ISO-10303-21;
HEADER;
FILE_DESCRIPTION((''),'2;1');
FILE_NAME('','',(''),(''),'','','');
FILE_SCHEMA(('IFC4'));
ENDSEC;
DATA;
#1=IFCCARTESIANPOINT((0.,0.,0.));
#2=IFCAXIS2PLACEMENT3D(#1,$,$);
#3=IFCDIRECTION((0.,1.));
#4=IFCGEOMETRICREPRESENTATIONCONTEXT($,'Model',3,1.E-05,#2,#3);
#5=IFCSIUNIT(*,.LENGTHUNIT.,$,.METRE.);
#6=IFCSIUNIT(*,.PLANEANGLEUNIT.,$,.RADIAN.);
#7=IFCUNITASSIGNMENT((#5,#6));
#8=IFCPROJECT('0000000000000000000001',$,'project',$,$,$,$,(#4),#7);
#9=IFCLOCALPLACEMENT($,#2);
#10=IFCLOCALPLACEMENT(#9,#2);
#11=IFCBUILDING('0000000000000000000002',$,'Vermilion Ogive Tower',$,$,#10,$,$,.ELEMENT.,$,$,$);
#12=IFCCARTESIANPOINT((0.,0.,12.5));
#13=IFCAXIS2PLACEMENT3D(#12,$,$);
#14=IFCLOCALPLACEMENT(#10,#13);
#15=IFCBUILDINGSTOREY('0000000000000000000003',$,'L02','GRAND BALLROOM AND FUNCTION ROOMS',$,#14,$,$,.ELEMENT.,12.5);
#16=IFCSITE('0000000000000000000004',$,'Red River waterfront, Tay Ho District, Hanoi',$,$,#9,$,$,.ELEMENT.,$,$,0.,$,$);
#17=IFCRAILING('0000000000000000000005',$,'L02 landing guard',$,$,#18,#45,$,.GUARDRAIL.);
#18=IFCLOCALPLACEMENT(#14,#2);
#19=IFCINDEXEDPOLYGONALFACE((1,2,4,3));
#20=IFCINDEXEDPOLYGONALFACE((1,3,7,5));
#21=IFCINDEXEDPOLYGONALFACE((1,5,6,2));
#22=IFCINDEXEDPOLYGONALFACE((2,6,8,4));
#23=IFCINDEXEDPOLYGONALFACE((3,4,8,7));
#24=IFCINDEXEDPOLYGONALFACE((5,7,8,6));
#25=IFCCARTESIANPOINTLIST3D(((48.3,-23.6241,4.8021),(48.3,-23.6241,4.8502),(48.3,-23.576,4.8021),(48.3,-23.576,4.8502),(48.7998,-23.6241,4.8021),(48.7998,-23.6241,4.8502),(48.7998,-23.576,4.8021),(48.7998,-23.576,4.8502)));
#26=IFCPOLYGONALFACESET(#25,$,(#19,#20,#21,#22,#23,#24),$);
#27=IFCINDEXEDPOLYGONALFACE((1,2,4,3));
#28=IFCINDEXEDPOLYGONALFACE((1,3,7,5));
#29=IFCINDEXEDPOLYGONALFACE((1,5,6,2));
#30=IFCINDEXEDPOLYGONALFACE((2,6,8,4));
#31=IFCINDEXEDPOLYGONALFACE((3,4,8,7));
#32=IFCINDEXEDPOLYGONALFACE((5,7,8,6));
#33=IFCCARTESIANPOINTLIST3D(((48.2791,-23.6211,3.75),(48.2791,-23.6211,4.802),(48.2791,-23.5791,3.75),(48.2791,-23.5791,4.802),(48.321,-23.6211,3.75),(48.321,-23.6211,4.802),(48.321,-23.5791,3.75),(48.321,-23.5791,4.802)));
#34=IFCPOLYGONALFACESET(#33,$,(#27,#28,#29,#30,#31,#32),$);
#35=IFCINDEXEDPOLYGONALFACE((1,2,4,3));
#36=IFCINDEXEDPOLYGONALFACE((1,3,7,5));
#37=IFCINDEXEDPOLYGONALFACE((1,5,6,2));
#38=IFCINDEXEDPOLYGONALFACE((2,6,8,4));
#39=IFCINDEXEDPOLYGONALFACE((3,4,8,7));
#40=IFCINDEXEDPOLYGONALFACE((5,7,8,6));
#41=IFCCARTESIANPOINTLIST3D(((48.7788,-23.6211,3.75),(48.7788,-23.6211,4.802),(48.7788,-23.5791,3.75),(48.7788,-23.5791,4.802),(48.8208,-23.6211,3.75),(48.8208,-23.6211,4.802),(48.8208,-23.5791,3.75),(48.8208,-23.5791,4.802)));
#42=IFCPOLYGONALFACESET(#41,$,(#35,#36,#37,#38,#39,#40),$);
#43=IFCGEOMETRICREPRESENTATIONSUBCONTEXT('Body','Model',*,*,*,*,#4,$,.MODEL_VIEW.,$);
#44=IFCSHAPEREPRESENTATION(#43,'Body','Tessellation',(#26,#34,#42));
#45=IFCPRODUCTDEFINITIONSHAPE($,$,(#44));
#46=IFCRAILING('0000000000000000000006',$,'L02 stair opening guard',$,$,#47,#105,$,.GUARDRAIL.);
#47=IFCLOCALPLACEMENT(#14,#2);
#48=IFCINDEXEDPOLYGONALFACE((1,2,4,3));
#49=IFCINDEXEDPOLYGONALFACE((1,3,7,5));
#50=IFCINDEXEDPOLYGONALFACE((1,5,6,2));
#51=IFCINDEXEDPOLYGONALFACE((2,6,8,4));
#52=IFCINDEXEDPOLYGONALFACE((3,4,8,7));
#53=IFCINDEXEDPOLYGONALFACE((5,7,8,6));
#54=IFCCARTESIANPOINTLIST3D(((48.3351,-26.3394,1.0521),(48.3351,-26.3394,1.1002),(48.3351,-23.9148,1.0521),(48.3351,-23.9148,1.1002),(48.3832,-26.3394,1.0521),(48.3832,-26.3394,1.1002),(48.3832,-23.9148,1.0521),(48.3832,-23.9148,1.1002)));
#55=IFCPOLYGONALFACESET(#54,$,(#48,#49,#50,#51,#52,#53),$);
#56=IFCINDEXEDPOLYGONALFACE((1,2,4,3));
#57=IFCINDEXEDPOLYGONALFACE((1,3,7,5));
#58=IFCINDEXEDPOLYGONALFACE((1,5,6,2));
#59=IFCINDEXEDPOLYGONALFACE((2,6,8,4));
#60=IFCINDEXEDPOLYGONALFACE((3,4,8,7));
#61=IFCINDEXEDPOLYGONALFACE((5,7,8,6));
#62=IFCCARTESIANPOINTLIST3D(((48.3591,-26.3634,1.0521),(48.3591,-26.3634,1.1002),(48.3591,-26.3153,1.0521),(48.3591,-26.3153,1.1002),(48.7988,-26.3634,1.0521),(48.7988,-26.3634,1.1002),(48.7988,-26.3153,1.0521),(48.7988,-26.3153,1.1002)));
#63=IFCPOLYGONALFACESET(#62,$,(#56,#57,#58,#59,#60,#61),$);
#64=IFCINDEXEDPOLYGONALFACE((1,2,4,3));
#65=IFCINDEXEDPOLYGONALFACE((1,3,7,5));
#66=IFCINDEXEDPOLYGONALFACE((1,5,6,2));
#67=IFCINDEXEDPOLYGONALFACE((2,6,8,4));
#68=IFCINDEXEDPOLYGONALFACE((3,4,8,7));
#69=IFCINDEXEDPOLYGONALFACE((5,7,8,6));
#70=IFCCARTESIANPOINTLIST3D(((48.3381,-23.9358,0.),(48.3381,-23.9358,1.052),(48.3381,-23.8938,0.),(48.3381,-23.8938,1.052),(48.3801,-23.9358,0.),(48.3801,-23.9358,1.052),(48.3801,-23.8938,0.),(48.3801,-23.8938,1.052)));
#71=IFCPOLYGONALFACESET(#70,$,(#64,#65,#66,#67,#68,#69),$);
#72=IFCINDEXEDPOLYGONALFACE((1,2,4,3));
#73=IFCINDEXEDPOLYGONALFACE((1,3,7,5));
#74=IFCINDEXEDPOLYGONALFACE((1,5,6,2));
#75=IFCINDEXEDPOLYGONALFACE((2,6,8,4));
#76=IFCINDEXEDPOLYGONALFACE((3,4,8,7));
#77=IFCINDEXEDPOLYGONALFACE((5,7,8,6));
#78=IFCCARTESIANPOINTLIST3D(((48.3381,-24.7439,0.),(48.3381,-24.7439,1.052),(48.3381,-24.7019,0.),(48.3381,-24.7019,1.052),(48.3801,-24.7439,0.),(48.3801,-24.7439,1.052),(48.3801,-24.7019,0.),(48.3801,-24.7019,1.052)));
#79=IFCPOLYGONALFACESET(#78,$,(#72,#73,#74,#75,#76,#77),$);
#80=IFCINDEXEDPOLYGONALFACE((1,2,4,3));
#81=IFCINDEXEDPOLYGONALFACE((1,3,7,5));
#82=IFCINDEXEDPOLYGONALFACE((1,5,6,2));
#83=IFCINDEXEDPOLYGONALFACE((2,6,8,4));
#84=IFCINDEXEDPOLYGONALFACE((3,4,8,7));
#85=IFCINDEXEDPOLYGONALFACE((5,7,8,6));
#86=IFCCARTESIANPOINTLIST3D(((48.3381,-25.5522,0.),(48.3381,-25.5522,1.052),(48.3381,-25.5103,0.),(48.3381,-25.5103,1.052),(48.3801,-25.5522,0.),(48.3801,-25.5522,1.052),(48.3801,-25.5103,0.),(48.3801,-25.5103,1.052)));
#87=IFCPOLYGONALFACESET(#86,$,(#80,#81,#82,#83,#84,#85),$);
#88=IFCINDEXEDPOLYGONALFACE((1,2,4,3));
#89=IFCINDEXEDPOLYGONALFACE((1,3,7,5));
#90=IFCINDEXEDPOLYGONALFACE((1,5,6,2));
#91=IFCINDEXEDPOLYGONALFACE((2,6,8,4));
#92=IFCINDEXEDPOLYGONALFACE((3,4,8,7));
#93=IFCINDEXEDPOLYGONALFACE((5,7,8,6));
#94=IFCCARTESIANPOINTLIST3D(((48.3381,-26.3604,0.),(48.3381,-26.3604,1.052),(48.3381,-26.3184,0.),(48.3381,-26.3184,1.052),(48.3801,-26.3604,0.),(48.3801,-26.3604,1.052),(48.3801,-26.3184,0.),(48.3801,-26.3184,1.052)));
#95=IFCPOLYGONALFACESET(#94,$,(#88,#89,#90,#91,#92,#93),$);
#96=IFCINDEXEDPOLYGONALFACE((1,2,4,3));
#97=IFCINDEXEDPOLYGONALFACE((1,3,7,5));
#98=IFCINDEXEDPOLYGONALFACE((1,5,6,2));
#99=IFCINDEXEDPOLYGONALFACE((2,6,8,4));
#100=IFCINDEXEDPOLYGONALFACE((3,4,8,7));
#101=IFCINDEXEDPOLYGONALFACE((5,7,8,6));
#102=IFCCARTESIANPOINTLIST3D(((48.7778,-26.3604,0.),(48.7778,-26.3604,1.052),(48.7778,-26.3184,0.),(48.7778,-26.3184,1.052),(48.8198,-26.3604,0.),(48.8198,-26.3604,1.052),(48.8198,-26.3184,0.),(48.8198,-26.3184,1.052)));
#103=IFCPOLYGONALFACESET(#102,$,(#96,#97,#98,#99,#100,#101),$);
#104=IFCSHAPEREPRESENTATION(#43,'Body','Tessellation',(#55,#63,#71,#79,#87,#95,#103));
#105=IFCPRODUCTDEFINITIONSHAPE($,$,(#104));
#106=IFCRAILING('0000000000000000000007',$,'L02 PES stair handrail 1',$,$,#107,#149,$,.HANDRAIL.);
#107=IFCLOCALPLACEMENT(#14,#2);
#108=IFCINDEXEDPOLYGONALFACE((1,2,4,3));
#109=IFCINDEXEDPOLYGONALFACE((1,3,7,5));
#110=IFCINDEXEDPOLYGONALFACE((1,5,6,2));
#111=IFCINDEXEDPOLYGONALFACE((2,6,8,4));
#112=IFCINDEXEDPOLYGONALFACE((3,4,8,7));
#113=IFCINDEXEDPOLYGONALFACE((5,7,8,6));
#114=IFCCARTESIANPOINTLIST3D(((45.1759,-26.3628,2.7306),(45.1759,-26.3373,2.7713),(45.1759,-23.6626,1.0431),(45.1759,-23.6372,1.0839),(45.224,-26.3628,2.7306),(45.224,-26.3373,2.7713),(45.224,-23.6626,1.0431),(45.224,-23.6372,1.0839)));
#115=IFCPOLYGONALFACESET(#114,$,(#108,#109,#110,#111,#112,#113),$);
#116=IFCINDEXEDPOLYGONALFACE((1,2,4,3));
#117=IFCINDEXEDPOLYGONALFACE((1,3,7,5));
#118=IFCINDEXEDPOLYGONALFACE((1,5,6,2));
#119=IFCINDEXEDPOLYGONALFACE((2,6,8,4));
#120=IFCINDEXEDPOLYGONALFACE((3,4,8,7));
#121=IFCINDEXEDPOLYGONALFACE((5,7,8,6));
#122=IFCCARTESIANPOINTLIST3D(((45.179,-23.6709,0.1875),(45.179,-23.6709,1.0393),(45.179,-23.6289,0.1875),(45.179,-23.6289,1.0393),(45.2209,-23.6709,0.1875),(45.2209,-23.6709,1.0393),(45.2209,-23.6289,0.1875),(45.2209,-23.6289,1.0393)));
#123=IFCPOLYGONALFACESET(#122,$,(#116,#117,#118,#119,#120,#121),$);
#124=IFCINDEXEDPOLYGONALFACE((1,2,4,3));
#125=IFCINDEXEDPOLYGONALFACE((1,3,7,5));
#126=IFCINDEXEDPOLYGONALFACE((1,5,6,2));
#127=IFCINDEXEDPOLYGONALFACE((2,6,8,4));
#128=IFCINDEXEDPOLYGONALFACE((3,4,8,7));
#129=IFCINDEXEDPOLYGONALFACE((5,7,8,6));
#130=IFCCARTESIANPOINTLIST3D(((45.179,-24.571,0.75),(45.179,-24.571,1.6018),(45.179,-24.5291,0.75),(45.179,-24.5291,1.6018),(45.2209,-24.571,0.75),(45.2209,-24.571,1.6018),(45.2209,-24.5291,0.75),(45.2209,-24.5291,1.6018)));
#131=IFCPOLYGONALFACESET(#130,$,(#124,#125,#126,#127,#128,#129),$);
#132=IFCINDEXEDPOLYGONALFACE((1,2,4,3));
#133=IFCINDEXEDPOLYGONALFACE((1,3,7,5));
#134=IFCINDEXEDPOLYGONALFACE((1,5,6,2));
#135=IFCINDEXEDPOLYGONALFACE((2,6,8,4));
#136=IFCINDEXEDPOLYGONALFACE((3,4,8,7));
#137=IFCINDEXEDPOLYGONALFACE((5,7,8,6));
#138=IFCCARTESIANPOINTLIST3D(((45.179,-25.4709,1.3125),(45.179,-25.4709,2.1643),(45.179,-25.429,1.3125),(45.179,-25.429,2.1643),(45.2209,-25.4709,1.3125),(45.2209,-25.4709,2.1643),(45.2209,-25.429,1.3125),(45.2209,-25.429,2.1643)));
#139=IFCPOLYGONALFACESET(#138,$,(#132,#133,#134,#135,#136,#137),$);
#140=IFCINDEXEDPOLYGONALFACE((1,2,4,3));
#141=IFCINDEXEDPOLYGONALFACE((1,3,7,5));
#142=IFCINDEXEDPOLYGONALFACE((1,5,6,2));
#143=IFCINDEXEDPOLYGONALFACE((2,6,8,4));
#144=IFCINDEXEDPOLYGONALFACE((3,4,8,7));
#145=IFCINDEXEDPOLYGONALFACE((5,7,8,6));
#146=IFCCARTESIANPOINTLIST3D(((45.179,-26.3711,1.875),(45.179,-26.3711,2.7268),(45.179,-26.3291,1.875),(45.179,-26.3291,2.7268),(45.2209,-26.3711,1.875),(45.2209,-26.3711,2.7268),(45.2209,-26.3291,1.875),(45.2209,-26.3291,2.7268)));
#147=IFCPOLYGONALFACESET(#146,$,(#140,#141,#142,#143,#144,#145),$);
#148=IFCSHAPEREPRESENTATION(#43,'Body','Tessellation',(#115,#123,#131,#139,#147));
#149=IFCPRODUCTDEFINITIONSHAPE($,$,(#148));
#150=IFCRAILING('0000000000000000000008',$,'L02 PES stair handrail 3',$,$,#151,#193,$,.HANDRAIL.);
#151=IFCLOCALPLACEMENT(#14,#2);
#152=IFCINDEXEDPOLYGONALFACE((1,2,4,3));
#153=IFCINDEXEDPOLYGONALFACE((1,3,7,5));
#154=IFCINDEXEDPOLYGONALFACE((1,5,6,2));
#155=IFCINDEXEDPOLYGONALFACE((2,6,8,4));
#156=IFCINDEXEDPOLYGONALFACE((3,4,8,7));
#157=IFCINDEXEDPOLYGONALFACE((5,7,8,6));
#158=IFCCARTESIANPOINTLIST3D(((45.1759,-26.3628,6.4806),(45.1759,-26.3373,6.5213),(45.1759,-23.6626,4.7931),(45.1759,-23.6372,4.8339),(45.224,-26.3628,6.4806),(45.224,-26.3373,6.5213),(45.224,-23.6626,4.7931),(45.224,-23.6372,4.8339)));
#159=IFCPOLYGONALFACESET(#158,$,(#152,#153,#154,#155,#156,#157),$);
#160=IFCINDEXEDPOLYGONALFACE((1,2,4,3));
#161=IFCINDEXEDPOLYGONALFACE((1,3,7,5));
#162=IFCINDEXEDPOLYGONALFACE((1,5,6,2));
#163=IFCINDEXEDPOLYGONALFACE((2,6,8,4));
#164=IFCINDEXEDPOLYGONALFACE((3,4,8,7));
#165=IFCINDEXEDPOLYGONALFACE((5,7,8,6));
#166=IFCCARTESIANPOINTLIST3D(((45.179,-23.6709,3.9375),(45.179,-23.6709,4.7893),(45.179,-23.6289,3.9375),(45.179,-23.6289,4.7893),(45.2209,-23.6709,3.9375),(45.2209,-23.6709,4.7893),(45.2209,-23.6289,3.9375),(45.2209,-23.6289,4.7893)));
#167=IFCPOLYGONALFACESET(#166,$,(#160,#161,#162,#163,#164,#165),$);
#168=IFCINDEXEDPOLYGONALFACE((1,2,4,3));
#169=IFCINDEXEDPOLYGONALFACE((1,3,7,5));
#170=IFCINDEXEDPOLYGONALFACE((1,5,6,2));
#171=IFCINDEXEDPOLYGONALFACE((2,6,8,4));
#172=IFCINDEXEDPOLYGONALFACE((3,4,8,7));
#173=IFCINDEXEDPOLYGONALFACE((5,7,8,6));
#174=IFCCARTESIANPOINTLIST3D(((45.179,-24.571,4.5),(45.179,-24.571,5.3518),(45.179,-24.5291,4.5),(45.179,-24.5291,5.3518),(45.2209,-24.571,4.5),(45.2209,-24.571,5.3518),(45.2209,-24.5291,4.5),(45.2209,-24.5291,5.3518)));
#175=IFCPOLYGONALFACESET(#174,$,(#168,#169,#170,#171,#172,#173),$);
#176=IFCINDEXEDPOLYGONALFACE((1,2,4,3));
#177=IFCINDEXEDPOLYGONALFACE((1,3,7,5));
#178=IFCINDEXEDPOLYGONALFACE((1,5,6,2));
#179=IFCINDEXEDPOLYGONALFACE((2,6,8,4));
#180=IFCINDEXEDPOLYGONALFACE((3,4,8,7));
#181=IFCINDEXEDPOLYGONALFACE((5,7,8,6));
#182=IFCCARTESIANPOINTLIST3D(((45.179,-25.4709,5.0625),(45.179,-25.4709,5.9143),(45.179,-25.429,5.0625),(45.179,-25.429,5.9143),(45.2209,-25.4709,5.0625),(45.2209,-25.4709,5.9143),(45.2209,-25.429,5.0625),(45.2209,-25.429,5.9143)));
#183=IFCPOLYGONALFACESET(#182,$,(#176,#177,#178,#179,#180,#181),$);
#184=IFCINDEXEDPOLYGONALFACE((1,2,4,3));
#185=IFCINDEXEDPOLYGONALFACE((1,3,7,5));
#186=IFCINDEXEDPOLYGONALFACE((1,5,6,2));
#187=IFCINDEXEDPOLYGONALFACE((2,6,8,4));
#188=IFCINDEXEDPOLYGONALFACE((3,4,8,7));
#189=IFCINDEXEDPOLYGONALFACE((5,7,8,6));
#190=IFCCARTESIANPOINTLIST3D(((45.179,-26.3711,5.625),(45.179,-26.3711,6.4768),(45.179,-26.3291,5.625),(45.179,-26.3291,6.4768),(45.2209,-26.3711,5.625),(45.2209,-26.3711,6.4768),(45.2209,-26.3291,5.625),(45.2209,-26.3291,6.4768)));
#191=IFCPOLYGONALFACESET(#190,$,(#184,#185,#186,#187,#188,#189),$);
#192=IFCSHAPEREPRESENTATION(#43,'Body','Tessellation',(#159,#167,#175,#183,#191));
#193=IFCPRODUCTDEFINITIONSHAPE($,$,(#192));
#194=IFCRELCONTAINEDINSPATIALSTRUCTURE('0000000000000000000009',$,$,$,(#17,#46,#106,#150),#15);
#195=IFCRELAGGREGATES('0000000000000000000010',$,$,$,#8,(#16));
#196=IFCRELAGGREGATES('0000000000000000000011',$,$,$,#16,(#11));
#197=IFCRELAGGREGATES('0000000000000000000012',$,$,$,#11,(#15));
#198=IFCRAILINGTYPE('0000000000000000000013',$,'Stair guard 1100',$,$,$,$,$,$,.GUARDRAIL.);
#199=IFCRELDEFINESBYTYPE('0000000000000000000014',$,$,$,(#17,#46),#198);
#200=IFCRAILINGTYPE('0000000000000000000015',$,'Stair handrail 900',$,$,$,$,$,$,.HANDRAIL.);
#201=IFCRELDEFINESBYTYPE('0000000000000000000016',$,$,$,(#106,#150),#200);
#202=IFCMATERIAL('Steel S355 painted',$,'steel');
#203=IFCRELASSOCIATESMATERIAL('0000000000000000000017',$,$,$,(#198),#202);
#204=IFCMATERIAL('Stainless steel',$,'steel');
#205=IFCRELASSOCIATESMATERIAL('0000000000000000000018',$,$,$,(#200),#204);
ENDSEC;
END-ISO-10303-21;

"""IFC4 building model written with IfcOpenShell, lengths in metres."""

from ifc_helpers import new_model, si_unit, direction, frame, origin, origin_2d, place, context, subcontext, project, spatial, rectangle, extrude, material, type_object, element, save


model = new_model("IFC4")

# Units and contexts
model_context = context("Model", 3, precision=1e-05, world=origin(), true_north=direction((0.0, 1.0)))
body_context = subcontext(model_context, "Body", "Model", "MODEL_VIEW")
ifc_project = project(units=[si_unit("LENGTHUNIT", "METRE"), si_unit("PLANEANGLEUNIT", "RADIAN")], contexts=[model_context])

# Site, building, storey
site_placement = place(None, origin())
site = spatial("IfcSite", under=ifc_project, at=site_placement, Name="Red River waterfront, Tay Ho District, Hanoi", CompositionType="ELEMENT", RefElevation=0.0)
building_placement = place(site_placement, origin())
building = spatial("IfcBuilding", under=site, at=building_placement, Name="Vermilion Ogive Tower", CompositionType="ELEMENT")
storey_placement = place(building_placement, frame((0.0, 0.0, 12.5)))
storey = spatial("IfcBuildingStorey", under=building, at=storey_placement, Name="L02", Description="GRAND BALLROOM AND FUNCTION ROOMS", CompositionType="ELEMENT", Elevation=12.5)

# Railings
ifc_material_1 = material(Name="Steel S355 painted", Category="steel")
railing_type_1 = type_object("IfcRailingType", Name="Stair guard 1100", PredefinedType="GUARDRAIL", material=ifc_material_1)
railing_1_placement = place(storey_placement, frame((48.3, -23.6001, 3.75)))
element("IfcRailing", 1, at=railing_1_placement, inside=storey, type_object=railing_type_1, Name="L02 landing guard", PredefinedType="GUARDRAIL", context=body_context, shape_type="SweptSolid", body=[
    extrude(rectangle(XDim=0.0481, YDim=0.0481, at=origin_2d()), frame((0.0, 0.0, 1.0762), z_axis=(1.0, 0.0, 0.0), x_axis=(0.0, 1.0, 0.0)), (0.0, 0.0, 1.0), 0.4998),
    extrude(rectangle(XDim=0.042, YDim=0.042, at=origin_2d()), origin(), (0.0, 0.0, 1.0), 1.052),
    extrude(rectangle(XDim=0.042, YDim=0.042, at=origin_2d()), frame((0.4998, 0.0, 0.0)), (0.0, 0.0, 1.0), 1.052),
])
railing_2_placement = place(storey_placement, frame((48.3591, -23.9148, 0.0)))
element("IfcRailing", 2, at=railing_2_placement, inside=storey, type_object=railing_type_1, Name="L02 stair opening guard", PredefinedType="GUARDRAIL", context=body_context, shape_type="SweptSolid", body=[
    extrude(rectangle(XDim=0.0481, YDim=0.0481, at=origin_2d()), frame((0.0, 0.0, 1.0762), z_axis=(0.0, -1.0, 0.0), x_axis=(1.0, 0.0, 0.0)), (0.0, 0.0, 1.0), 2.4246),
    extrude(rectangle(XDim=0.0481, YDim=0.0481, at=origin_2d()), frame((0.0, -2.4246, 1.0762), z_axis=(1.0, 0.0, 0.0), x_axis=(0.0, 1.0, 0.0)), (0.0, 0.0, 1.0), 0.4397),
    extrude(rectangle(XDim=0.042, YDim=0.042, at=origin_2d()), origin(), (0.0, 0.0, 1.0), 1.052),
    extrude(rectangle(XDim=0.042, YDim=0.042, at=origin_2d()), frame((0.0, -0.8081, 0.0)), (0.0, 0.0, 1.0), 1.052),
    extrude(rectangle(XDim=0.042, YDim=0.042, at=origin_2d()), frame((0.0, -1.6165, 0.0)), (0.0, 0.0, 1.0), 1.052),
    extrude(rectangle(XDim=0.042, YDim=0.042, at=origin_2d()), frame((0.0, -2.4246, 0.0)), (0.0, 0.0, 1.0), 1.052),
    extrude(rectangle(XDim=0.042, YDim=0.042, at=origin_2d()), frame((0.4397, -2.4246, 0.0)), (0.0, 0.0, 1.0), 1.052),
])
ifc_material_2 = material(Name="Stainless steel", Category="steel")
railing_type_2 = type_object("IfcRailingType", Name="Stair handrail 900", PredefinedType="HANDRAIL", material=ifc_material_2)
for number, where, name in (
    (3, (45.2, -23.6499, 0.1875), "L02 PES stair handrail 1"),
    (4, (45.2, -23.6499, 3.9375), "L02 PES stair handrail 3"),
):
    element("IfcRailing", number, at=place(storey_placement, frame(where)), inside=storey, type_object=railing_type_2, Name=name, PredefinedType="HANDRAIL", context=body_context, shape_type="SweptSolid", body=[
        extrude(rectangle(XDim=0.0481, YDim=0.0481, at=origin_2d()), frame((0.0, 0.0, 0.876), z_axis=(0.0, -0.848016, 0.529971), x_axis=(1.0, 0.0, 0.0)), (0.0, 0.0, 1.0), 3.1841),
        extrude(rectangle(XDim=0.042, YDim=0.042, at=origin_2d()), origin(), (0.0, 0.0, 1.0), 0.8518),
        extrude(rectangle(XDim=0.042, YDim=0.042, at=origin_2d()), frame((0.0, -0.9001, 0.5625)), (0.0, 0.0, 1.0), 0.8518),
        extrude(rectangle(XDim=0.042, YDim=0.042, at=origin_2d()), frame((0.0, -1.8, 1.125)), (0.0, 0.0, 1.0), 0.8518),
        extrude(rectangle(XDim=0.042, YDim=0.042, at=origin_2d()), frame((0.0, -2.7002, 1.6875)), (0.0, 0.0, 1.0), 0.8518),
    ])

save(model, "model.ifc")
